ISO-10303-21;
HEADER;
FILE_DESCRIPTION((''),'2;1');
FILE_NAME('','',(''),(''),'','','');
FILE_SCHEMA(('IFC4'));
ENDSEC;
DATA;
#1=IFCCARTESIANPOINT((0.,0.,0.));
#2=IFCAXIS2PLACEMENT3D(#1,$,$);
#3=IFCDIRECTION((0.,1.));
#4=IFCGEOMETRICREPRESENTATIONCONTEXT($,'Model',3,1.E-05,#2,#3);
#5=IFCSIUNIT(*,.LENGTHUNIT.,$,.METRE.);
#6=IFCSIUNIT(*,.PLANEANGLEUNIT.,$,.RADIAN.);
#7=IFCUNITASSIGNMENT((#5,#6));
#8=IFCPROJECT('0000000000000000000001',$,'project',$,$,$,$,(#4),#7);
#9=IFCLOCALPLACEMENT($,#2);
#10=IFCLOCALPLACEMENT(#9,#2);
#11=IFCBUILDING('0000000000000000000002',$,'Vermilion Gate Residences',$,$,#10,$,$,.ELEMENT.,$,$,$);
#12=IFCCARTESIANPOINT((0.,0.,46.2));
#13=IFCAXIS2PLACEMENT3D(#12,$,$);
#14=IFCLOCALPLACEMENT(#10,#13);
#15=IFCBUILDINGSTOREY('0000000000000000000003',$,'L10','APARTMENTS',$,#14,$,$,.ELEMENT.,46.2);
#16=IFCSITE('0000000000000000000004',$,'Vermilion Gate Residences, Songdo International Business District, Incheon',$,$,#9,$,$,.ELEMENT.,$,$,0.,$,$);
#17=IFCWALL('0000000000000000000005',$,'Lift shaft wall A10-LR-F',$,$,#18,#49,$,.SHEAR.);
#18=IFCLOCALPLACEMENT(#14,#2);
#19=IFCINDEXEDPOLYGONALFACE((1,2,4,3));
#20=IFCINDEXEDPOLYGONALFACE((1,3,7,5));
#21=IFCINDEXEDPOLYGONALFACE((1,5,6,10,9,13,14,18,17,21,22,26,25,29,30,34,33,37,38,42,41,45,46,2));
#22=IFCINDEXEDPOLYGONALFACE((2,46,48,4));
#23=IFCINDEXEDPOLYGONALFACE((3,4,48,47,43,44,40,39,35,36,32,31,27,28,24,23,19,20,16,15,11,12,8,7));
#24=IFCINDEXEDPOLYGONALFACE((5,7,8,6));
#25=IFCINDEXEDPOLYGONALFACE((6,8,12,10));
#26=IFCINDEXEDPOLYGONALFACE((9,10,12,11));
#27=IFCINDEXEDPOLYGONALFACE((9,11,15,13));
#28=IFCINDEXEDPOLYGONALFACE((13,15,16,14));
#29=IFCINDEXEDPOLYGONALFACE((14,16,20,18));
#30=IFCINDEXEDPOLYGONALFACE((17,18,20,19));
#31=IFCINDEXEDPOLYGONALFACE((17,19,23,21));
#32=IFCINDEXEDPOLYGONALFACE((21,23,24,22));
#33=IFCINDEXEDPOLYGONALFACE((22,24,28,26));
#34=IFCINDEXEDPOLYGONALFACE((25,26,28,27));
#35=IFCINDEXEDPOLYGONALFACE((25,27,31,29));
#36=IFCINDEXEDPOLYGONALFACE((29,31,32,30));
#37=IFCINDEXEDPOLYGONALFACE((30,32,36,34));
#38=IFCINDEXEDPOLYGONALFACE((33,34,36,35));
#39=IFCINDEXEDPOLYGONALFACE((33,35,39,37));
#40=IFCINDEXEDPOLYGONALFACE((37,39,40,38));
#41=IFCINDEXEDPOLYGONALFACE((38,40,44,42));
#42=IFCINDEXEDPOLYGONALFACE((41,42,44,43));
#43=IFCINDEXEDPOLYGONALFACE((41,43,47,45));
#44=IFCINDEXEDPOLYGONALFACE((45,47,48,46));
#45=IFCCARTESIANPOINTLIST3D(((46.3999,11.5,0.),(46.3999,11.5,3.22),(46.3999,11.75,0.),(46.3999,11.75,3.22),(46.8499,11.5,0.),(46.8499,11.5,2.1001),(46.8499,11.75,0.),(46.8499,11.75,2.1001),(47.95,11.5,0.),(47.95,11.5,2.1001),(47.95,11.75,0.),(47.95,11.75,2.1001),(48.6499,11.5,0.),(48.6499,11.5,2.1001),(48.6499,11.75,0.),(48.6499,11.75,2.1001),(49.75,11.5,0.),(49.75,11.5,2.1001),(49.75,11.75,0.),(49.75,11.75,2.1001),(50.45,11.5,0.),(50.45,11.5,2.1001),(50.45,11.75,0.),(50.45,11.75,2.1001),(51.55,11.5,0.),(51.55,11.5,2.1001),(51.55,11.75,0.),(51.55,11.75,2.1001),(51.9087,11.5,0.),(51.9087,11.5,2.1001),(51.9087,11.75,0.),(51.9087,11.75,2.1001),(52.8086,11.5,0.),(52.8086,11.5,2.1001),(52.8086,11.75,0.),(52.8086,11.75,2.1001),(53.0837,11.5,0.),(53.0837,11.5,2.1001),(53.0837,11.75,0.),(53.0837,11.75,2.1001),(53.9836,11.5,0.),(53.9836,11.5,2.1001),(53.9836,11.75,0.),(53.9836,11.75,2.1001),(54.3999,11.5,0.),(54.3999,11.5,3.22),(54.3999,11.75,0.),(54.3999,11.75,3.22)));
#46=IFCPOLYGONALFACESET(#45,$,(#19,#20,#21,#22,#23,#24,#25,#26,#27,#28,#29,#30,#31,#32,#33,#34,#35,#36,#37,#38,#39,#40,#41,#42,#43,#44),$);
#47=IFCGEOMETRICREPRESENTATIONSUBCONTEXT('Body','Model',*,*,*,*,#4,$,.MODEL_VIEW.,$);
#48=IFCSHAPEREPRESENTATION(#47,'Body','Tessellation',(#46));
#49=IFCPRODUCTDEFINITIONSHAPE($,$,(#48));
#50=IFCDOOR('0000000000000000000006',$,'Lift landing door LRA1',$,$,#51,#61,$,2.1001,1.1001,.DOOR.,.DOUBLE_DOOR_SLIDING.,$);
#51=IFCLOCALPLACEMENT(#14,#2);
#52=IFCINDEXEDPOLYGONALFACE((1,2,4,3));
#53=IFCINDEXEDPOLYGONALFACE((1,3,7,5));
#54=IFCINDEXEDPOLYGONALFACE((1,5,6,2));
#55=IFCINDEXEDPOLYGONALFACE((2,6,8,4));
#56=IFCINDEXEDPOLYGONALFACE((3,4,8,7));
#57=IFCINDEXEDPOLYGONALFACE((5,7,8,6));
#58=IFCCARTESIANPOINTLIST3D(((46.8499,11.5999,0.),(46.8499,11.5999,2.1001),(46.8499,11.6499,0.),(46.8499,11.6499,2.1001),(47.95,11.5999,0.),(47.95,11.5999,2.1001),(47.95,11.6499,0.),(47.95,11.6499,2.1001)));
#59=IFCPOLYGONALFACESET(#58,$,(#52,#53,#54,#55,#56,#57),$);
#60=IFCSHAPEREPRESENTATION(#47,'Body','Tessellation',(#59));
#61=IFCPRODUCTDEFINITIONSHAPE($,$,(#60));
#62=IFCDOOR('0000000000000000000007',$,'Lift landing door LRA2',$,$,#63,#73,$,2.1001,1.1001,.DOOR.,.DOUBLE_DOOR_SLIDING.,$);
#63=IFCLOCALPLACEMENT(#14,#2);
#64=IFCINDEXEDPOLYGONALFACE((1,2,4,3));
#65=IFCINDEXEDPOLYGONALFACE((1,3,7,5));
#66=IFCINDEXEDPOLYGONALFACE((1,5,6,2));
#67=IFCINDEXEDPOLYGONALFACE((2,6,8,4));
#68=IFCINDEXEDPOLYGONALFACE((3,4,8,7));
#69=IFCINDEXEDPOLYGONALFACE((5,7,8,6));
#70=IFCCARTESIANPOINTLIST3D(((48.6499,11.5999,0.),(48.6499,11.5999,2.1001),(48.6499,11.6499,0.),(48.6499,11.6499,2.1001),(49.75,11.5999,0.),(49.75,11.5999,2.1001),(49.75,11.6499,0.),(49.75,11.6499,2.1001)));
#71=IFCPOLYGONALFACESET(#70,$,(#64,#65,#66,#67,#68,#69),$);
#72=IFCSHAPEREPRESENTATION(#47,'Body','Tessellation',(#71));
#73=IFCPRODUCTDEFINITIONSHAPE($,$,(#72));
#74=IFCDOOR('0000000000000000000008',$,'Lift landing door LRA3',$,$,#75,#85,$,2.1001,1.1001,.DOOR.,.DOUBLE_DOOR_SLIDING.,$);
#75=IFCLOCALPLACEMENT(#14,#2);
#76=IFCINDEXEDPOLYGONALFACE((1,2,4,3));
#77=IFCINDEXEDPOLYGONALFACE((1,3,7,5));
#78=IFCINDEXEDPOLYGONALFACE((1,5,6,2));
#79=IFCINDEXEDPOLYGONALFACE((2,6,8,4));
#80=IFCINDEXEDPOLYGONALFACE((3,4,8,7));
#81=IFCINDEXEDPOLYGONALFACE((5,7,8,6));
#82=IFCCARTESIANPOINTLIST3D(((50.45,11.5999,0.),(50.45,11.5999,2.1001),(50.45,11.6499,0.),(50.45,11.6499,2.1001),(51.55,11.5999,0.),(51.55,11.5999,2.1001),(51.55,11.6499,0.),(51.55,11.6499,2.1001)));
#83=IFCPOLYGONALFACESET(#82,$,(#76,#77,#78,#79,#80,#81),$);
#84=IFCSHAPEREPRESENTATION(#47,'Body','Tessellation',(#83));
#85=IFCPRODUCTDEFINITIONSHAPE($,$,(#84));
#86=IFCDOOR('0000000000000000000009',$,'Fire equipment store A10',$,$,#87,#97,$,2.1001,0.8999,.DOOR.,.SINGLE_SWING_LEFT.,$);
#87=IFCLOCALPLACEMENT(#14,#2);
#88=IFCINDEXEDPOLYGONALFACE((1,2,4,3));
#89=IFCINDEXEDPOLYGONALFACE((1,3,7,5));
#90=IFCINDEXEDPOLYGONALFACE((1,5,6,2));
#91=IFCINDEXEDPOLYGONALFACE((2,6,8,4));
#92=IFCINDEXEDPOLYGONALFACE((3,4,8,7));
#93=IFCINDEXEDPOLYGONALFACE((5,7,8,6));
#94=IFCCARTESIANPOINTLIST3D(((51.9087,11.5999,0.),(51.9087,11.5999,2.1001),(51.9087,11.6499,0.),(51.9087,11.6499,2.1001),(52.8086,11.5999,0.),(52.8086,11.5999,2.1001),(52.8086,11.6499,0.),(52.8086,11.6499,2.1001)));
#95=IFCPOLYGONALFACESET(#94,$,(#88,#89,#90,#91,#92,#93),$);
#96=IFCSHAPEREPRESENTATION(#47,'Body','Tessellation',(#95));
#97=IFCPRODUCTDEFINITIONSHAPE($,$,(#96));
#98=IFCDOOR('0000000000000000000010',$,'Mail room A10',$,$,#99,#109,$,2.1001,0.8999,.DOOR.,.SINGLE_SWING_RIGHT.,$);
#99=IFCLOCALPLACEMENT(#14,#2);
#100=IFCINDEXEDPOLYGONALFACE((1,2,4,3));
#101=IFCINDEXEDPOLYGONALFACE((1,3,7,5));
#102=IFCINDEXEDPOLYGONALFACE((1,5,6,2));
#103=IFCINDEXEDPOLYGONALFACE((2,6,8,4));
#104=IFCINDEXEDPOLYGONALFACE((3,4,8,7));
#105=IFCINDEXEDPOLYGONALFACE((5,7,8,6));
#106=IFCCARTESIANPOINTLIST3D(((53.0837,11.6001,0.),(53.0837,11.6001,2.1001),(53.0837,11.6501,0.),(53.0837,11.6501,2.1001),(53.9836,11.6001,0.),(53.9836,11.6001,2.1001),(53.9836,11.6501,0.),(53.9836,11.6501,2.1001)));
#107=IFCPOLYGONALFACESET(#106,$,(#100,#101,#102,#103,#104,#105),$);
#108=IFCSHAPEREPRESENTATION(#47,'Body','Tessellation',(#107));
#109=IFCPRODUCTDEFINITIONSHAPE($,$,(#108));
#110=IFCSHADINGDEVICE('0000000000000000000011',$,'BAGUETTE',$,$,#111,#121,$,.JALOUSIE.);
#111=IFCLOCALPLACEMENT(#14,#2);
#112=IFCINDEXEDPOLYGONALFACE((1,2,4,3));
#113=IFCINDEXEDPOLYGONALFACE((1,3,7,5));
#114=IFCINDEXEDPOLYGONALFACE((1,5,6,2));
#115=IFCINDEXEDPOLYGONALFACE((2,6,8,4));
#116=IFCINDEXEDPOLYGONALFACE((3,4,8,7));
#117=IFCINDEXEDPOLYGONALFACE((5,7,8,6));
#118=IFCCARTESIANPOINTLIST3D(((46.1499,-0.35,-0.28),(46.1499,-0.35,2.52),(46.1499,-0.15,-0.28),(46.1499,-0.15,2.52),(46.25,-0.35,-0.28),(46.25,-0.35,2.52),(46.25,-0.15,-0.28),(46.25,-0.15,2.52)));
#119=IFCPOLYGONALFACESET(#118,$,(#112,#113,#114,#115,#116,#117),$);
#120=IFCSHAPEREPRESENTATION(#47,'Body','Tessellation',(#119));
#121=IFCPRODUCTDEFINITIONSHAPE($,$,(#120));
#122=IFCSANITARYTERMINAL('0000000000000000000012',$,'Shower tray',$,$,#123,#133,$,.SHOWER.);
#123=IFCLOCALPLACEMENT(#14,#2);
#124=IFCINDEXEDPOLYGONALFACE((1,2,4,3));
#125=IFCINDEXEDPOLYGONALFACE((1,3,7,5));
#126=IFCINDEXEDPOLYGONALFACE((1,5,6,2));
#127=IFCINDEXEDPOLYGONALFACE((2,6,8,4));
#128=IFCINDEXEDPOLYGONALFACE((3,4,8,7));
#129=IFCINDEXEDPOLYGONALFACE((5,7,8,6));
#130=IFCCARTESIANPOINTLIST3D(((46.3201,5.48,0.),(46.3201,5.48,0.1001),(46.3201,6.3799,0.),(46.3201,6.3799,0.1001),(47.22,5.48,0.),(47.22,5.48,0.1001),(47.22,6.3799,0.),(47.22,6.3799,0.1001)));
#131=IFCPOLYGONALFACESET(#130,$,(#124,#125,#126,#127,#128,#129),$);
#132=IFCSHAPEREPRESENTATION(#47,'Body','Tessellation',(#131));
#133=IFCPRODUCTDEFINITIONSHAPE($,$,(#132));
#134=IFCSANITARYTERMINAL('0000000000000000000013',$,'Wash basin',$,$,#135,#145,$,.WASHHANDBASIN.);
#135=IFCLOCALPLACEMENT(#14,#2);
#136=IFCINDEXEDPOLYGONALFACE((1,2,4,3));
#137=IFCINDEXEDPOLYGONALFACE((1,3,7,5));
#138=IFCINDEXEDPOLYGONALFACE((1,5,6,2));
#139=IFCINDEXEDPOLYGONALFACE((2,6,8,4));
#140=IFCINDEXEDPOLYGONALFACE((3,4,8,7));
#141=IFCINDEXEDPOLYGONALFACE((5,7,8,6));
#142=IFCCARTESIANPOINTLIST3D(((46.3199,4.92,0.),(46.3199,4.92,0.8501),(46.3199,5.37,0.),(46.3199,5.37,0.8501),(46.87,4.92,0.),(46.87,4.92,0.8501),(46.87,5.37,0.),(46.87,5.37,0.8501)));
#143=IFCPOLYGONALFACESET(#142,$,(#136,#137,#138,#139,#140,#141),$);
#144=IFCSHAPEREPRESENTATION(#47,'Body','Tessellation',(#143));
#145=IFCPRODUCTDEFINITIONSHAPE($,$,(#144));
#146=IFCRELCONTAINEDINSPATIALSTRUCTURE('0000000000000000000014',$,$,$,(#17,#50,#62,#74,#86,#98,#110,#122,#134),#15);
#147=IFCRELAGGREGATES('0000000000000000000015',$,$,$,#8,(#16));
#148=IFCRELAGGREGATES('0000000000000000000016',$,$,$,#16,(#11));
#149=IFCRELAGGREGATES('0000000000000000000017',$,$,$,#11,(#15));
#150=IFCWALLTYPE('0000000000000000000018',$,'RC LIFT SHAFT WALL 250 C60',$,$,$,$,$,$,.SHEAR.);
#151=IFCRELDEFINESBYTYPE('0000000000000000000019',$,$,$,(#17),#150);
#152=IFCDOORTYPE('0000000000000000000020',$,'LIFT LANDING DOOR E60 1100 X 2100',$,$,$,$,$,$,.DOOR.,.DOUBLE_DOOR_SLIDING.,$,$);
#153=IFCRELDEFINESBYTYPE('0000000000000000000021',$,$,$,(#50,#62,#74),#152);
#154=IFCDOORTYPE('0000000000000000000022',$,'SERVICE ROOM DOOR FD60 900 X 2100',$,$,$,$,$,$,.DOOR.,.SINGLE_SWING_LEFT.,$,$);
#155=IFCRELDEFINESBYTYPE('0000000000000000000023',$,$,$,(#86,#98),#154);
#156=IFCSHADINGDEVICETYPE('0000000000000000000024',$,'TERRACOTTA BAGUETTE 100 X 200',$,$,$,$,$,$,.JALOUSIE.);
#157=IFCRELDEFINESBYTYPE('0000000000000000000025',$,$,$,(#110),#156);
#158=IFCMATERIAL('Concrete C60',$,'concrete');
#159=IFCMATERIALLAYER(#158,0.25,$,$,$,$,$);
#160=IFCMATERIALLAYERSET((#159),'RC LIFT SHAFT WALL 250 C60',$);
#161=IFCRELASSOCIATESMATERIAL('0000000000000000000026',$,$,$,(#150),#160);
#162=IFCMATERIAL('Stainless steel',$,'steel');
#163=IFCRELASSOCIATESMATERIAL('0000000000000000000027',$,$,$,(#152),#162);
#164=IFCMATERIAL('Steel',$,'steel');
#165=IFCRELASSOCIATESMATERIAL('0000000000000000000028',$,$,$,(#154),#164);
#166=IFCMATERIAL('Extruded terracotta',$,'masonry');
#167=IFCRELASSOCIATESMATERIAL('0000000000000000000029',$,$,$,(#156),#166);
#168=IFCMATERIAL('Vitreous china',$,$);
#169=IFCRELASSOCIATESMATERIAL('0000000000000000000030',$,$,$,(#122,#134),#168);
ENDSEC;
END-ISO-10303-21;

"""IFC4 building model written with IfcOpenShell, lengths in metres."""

from ifc_helpers import new_model, si_unit, direction, frame, frame_2d, origin, origin_2d, place, context, subcontext, project, spatial, rectangle, extrude, material, layer, layer_set, material_profile, profile_set, type_object, element, fill, save


model = new_model("IFC4")

# Units and contexts
model_context = context("Model", 3, precision=1e-05, world=origin(), true_north=direction((0.0, 1.0)))
body_context = subcontext(model_context, "Body", "Model", "MODEL_VIEW")
ifc_project = project(units=[si_unit("LENGTHUNIT", "METRE"), si_unit("PLANEANGLEUNIT", "RADIAN")], contexts=[model_context])

# Site, building, storey
site_placement = place(None, origin())
site = spatial("IfcSite", under=ifc_project, at=site_placement, Name="Vermilion Gate Residences, Songdo International Business District, Incheon", CompositionType="ELEMENT", RefElevation=0.0)
building_placement = place(site_placement, origin())
building = spatial("IfcBuilding", under=site, at=building_placement, Name="Vermilion Gate Residences", CompositionType="ELEMENT")
storey_placement = place(building_placement, frame((0.0, 0.0, 46.2)))
storey = spatial("IfcBuildingStorey", under=building, at=storey_placement, Name="L10", Description="APARTMENTS", CompositionType="ELEMENT", Elevation=46.2)

# Wall, openings, doors
ifc_material_1 = material(Name="Concrete C60", Category="concrete")
ifc_layer_1 = layer(ifc_material_1, 0.25)
ifc_layer_set_1 = layer_set([ifc_layer_1], Name="RC LIFT SHAFT WALL 250 C60")
wall_type_1 = type_object("IfcWallType", Name="RC LIFT SHAFT WALL 250 C60", PredefinedType="SHEAR", material=ifc_layer_set_1)
wall_1_placement = place(storey_placement, frame((46.3999, 11.625, 0.0), z_axis=(0.0, 0.0, 1.0), x_axis=(1.0, 0.0, 0.0)))
wall_1 = element("IfcWall", 1, at=wall_1_placement, inside=storey, type_object=wall_type_1, Name="Lift shaft wall A10-LR-F", PredefinedType="SHEAR", context=body_context, shape_type="SweptSolid", body=[
    extrude(rectangle(XDim=8.0, YDim=0.25, at=frame_2d((4.0, 0.0))), origin(), (0.0, 0.0, 1.0), 3.22),
])
opening_1_placement = place(wall_1_placement, frame((0.45, 0.0, 0.0)))
opening_1 = element("IfcOpeningElement", 2, at=opening_1_placement, cuts=wall_1, PredefinedType="OPENING", context=body_context, shape_type="SweptSolid", body=[
    extrude(rectangle(XDim=1.1001, YDim=2.1001, at=frame_2d((0.55, 1.05))), frame((0.0, 0.135, 0.0), z_axis=(0.0, -1.0, 0.0), x_axis=(1.0, 0.0, 0.0)), (0.0, 0.0, 1.0), 0.27),
])
opening_2_placement = place(wall_1_placement, frame((2.25, 0.0, 0.0)))
opening_2 = element("IfcOpeningElement", 3, at=opening_2_placement, cuts=wall_1, PredefinedType="OPENING", context=body_context, shape_type="SweptSolid", body=[
    extrude(rectangle(XDim=1.1001, YDim=2.1001, at=frame_2d((0.55, 1.05))), frame((0.0, 0.135, 0.0), z_axis=(0.0, -1.0, 0.0), x_axis=(1.0, 0.0, 0.0)), (0.0, 0.0, 1.0), 0.27),
])
opening_3_placement = place(wall_1_placement, frame((4.05, 0.0, 0.0)))
opening_3 = element("IfcOpeningElement", 4, at=opening_3_placement, cuts=wall_1, PredefinedType="OPENING", context=body_context, shape_type="SweptSolid", body=[
    extrude(rectangle(XDim=1.1001, YDim=2.1001, at=frame_2d((0.55, 1.05))), frame((0.0, 0.135, 0.0), z_axis=(0.0, -1.0, 0.0), x_axis=(1.0, 0.0, 0.0)), (0.0, 0.0, 1.0), 0.27),
])
opening_4_placement = place(wall_1_placement, frame((5.5088, 0.0, 0.0)))
opening_4 = element("IfcOpeningElement", 5, at=opening_4_placement, cuts=wall_1, PredefinedType="OPENING", context=body_context, shape_type="SweptSolid", body=[
    extrude(rectangle(XDim=0.8999, YDim=2.1001, at=frame_2d((0.45, 1.05))), frame((0.0, 0.135, 0.0), z_axis=(0.0, -1.0, 0.0), x_axis=(1.0, 0.0, 0.0)), (0.0, 0.0, 1.0), 0.27),
])
opening_5_placement = place(wall_1_placement, frame((6.6838, 0.0, 0.0)))
opening_5 = element("IfcOpeningElement", 6, at=opening_5_placement, cuts=wall_1, PredefinedType="OPENING", context=body_context, shape_type="SweptSolid", body=[
    extrude(rectangle(XDim=0.8999, YDim=2.1001, at=frame_2d((0.45, 1.05))), frame((0.0, 0.135, 0.0), z_axis=(0.0, -1.0, 0.0), x_axis=(1.0, 0.0, 0.0)), (0.0, 0.0, 1.0), 0.27),
])
ifc_material_2 = material(Name="Stainless steel", Category="steel")
door_type_1 = type_object("IfcDoorType", Name="LIFT LANDING DOOR E60 1100 X 2100", OperationType="DOUBLE_DOOR_SLIDING", PredefinedType="DOOR", material=ifc_material_2)
door_1_placement = place(opening_1_placement, origin())
door_1 = element("IfcDoor", 7, at=door_1_placement, inside=storey, type_object=door_type_1, Name="Lift landing door LRA1", OperationType="DOUBLE_DOOR_SLIDING", OverallHeight=2.1001, OverallWidth=1.1001, PredefinedType="DOOR", context=body_context, shape_type="SweptSolid", body=[
    extrude(rectangle(XDim=1.1001, YDim=2.1001, at=frame_2d((0.55, 1.05))), frame((0.0, 0.0249, 0.0), z_axis=(0.0, -1.0, 0.0), x_axis=(1.0, 0.0, 0.0)), (0.0, 0.0, 1.0), 0.05),
])
fill(opening_1, door_1)
door_2_placement = place(opening_2_placement, origin())
door_2 = element("IfcDoor", 8, at=door_2_placement, inside=storey, type_object=door_type_1, Name="Lift landing door LRA2", OperationType="DOUBLE_DOOR_SLIDING", OverallHeight=2.1001, OverallWidth=1.1001, PredefinedType="DOOR", context=body_context, shape_type="SweptSolid", body=[
    extrude(rectangle(XDim=1.1001, YDim=2.1001, at=frame_2d((0.55, 1.05))), frame((0.0, 0.0249, 0.0), z_axis=(0.0, -1.0, 0.0), x_axis=(1.0, 0.0, 0.0)), (0.0, 0.0, 1.0), 0.05),
])
fill(opening_2, door_2)
door_3_placement = place(opening_3_placement, origin())
door_3 = element("IfcDoor", 9, at=door_3_placement, inside=storey, type_object=door_type_1, Name="Lift landing door LRA3", OperationType="DOUBLE_DOOR_SLIDING", OverallHeight=2.1001, OverallWidth=1.1001, PredefinedType="DOOR", context=body_context, shape_type="SweptSolid", body=[
    extrude(rectangle(XDim=1.1001, YDim=2.1001, at=frame_2d((0.55, 1.05))), frame((0.0, 0.0249, 0.0), z_axis=(0.0, -1.0, 0.0), x_axis=(1.0, 0.0, 0.0)), (0.0, 0.0, 1.0), 0.05),
])
fill(opening_3, door_3)
ifc_material_3 = material(Name="Steel", Category="steel")
door_type_2 = type_object("IfcDoorType", Name="SERVICE ROOM DOOR FD60 900 X 2100", OperationType="SINGLE_SWING_LEFT", PredefinedType="DOOR", material=ifc_material_3)
door_4_placement = place(opening_4_placement, origin())
door_4 = element("IfcDoor", 10, at=door_4_placement, inside=storey, type_object=door_type_2, Name="Fire equipment store A10", OperationType="SINGLE_SWING_LEFT", OverallHeight=2.1001, OverallWidth=0.8999, PredefinedType="DOOR", context=body_context, shape_type="SweptSolid", body=[
    extrude(rectangle(XDim=0.8999, YDim=2.1001, at=frame_2d((0.45, 1.05))), frame((0.0, 0.0249, 0.0), z_axis=(0.0, -1.0, 0.0), x_axis=(1.0, 0.0, 0.0)), (0.0, 0.0, 1.0), 0.05),
])
fill(opening_4, door_4)
door_5_placement = place(opening_5_placement, frame((0.8999, 0.0, 0.0), z_axis=(0.0, 0.0, 1.0), x_axis=(-1.0, 0.0, 0.0)))
door_5 = element("IfcDoor", 11, at=door_5_placement, inside=storey, type_object=door_type_2, Name="Mail room A10", OperationType="SINGLE_SWING_RIGHT", OverallHeight=2.1001, OverallWidth=0.8999, PredefinedType="DOOR", context=body_context, shape_type="SweptSolid", body=[
    extrude(rectangle(XDim=0.8999, YDim=2.1001, at=frame_2d((0.45, 1.05))), frame((0.0, 0.0249, 0.0), z_axis=(0.0, -1.0, 0.0), x_axis=(1.0, 0.0, 0.0)), (0.0, 0.0, 1.0), 0.05),
])
fill(opening_5, door_5)

# Shading device
ifc_material_4 = material(Name="Extruded terracotta", Category="masonry")
ifc_material_profile_1 = material_profile(ifc_material_4, rectangle(XDim=0.2, YDim=0.1001, at=origin_2d()), Name="BAGUETTE 100 X 200")
ifc_profile_set_1 = profile_set([ifc_material_profile_1], Name="Extruded terracotta")
shading_device_type = type_object("IfcShadingDeviceType", Name="TERRACOTTA BAGUETTE 100 X 200", PredefinedType="JALOUSIE", material=ifc_profile_set_1)
shading_device_placement = place(storey_placement, frame((46.2, -0.25, -0.28), z_axis=(0.0, 0.0, 1.0), x_axis=(0.0, 1.0, 0.0)))
element("IfcShadingDevice", 12, at=shading_device_placement, inside=storey, type_object=shading_device_type, Name="BAGUETTE", PredefinedType="JALOUSIE", context=body_context, shape_type="SweptSolid", body=[
    extrude(rectangle(XDim=0.2, YDim=0.1001, at=origin_2d()), origin(), (0.0, 0.0, 1.0), 2.8),
])

# Sanitary terminals
ifc_material_5 = material(Name="Vitreous china")
sanitary_terminal_1_placement = place(storey_placement, frame((46.77, 5.9299, 0.0), z_axis=(0.0, 0.0, 1.0), x_axis=(1.0, 0.0, 0.0)))
element("IfcSanitaryTerminal", 13, at=sanitary_terminal_1_placement, inside=storey, material=ifc_material_5, Name="Shower tray", PredefinedType="SHOWER", context=body_context, shape_type="SweptSolid", body=[
    extrude(rectangle(XDim=0.8999, YDim=0.8999, at=origin_2d()), origin(), (0.0, 0.0, 1.0), 0.1001),
])
sanitary_terminal_2_placement = place(storey_placement, frame((46.595, 5.145, 0.0), z_axis=(0.0, 0.0, 1.0), x_axis=(1.0, 0.0, 0.0)))
element("IfcSanitaryTerminal", 14, at=sanitary_terminal_2_placement, inside=storey, material=ifc_material_5, Name="Wash basin", PredefinedType="WASHHANDBASIN", context=body_context, shape_type="SweptSolid", body=[
    extrude(rectangle(XDim=0.55, YDim=0.45, at=origin_2d()), origin(), (0.0, 0.0, 1.0), 0.8501),
])

save(model, "model.ifc")
